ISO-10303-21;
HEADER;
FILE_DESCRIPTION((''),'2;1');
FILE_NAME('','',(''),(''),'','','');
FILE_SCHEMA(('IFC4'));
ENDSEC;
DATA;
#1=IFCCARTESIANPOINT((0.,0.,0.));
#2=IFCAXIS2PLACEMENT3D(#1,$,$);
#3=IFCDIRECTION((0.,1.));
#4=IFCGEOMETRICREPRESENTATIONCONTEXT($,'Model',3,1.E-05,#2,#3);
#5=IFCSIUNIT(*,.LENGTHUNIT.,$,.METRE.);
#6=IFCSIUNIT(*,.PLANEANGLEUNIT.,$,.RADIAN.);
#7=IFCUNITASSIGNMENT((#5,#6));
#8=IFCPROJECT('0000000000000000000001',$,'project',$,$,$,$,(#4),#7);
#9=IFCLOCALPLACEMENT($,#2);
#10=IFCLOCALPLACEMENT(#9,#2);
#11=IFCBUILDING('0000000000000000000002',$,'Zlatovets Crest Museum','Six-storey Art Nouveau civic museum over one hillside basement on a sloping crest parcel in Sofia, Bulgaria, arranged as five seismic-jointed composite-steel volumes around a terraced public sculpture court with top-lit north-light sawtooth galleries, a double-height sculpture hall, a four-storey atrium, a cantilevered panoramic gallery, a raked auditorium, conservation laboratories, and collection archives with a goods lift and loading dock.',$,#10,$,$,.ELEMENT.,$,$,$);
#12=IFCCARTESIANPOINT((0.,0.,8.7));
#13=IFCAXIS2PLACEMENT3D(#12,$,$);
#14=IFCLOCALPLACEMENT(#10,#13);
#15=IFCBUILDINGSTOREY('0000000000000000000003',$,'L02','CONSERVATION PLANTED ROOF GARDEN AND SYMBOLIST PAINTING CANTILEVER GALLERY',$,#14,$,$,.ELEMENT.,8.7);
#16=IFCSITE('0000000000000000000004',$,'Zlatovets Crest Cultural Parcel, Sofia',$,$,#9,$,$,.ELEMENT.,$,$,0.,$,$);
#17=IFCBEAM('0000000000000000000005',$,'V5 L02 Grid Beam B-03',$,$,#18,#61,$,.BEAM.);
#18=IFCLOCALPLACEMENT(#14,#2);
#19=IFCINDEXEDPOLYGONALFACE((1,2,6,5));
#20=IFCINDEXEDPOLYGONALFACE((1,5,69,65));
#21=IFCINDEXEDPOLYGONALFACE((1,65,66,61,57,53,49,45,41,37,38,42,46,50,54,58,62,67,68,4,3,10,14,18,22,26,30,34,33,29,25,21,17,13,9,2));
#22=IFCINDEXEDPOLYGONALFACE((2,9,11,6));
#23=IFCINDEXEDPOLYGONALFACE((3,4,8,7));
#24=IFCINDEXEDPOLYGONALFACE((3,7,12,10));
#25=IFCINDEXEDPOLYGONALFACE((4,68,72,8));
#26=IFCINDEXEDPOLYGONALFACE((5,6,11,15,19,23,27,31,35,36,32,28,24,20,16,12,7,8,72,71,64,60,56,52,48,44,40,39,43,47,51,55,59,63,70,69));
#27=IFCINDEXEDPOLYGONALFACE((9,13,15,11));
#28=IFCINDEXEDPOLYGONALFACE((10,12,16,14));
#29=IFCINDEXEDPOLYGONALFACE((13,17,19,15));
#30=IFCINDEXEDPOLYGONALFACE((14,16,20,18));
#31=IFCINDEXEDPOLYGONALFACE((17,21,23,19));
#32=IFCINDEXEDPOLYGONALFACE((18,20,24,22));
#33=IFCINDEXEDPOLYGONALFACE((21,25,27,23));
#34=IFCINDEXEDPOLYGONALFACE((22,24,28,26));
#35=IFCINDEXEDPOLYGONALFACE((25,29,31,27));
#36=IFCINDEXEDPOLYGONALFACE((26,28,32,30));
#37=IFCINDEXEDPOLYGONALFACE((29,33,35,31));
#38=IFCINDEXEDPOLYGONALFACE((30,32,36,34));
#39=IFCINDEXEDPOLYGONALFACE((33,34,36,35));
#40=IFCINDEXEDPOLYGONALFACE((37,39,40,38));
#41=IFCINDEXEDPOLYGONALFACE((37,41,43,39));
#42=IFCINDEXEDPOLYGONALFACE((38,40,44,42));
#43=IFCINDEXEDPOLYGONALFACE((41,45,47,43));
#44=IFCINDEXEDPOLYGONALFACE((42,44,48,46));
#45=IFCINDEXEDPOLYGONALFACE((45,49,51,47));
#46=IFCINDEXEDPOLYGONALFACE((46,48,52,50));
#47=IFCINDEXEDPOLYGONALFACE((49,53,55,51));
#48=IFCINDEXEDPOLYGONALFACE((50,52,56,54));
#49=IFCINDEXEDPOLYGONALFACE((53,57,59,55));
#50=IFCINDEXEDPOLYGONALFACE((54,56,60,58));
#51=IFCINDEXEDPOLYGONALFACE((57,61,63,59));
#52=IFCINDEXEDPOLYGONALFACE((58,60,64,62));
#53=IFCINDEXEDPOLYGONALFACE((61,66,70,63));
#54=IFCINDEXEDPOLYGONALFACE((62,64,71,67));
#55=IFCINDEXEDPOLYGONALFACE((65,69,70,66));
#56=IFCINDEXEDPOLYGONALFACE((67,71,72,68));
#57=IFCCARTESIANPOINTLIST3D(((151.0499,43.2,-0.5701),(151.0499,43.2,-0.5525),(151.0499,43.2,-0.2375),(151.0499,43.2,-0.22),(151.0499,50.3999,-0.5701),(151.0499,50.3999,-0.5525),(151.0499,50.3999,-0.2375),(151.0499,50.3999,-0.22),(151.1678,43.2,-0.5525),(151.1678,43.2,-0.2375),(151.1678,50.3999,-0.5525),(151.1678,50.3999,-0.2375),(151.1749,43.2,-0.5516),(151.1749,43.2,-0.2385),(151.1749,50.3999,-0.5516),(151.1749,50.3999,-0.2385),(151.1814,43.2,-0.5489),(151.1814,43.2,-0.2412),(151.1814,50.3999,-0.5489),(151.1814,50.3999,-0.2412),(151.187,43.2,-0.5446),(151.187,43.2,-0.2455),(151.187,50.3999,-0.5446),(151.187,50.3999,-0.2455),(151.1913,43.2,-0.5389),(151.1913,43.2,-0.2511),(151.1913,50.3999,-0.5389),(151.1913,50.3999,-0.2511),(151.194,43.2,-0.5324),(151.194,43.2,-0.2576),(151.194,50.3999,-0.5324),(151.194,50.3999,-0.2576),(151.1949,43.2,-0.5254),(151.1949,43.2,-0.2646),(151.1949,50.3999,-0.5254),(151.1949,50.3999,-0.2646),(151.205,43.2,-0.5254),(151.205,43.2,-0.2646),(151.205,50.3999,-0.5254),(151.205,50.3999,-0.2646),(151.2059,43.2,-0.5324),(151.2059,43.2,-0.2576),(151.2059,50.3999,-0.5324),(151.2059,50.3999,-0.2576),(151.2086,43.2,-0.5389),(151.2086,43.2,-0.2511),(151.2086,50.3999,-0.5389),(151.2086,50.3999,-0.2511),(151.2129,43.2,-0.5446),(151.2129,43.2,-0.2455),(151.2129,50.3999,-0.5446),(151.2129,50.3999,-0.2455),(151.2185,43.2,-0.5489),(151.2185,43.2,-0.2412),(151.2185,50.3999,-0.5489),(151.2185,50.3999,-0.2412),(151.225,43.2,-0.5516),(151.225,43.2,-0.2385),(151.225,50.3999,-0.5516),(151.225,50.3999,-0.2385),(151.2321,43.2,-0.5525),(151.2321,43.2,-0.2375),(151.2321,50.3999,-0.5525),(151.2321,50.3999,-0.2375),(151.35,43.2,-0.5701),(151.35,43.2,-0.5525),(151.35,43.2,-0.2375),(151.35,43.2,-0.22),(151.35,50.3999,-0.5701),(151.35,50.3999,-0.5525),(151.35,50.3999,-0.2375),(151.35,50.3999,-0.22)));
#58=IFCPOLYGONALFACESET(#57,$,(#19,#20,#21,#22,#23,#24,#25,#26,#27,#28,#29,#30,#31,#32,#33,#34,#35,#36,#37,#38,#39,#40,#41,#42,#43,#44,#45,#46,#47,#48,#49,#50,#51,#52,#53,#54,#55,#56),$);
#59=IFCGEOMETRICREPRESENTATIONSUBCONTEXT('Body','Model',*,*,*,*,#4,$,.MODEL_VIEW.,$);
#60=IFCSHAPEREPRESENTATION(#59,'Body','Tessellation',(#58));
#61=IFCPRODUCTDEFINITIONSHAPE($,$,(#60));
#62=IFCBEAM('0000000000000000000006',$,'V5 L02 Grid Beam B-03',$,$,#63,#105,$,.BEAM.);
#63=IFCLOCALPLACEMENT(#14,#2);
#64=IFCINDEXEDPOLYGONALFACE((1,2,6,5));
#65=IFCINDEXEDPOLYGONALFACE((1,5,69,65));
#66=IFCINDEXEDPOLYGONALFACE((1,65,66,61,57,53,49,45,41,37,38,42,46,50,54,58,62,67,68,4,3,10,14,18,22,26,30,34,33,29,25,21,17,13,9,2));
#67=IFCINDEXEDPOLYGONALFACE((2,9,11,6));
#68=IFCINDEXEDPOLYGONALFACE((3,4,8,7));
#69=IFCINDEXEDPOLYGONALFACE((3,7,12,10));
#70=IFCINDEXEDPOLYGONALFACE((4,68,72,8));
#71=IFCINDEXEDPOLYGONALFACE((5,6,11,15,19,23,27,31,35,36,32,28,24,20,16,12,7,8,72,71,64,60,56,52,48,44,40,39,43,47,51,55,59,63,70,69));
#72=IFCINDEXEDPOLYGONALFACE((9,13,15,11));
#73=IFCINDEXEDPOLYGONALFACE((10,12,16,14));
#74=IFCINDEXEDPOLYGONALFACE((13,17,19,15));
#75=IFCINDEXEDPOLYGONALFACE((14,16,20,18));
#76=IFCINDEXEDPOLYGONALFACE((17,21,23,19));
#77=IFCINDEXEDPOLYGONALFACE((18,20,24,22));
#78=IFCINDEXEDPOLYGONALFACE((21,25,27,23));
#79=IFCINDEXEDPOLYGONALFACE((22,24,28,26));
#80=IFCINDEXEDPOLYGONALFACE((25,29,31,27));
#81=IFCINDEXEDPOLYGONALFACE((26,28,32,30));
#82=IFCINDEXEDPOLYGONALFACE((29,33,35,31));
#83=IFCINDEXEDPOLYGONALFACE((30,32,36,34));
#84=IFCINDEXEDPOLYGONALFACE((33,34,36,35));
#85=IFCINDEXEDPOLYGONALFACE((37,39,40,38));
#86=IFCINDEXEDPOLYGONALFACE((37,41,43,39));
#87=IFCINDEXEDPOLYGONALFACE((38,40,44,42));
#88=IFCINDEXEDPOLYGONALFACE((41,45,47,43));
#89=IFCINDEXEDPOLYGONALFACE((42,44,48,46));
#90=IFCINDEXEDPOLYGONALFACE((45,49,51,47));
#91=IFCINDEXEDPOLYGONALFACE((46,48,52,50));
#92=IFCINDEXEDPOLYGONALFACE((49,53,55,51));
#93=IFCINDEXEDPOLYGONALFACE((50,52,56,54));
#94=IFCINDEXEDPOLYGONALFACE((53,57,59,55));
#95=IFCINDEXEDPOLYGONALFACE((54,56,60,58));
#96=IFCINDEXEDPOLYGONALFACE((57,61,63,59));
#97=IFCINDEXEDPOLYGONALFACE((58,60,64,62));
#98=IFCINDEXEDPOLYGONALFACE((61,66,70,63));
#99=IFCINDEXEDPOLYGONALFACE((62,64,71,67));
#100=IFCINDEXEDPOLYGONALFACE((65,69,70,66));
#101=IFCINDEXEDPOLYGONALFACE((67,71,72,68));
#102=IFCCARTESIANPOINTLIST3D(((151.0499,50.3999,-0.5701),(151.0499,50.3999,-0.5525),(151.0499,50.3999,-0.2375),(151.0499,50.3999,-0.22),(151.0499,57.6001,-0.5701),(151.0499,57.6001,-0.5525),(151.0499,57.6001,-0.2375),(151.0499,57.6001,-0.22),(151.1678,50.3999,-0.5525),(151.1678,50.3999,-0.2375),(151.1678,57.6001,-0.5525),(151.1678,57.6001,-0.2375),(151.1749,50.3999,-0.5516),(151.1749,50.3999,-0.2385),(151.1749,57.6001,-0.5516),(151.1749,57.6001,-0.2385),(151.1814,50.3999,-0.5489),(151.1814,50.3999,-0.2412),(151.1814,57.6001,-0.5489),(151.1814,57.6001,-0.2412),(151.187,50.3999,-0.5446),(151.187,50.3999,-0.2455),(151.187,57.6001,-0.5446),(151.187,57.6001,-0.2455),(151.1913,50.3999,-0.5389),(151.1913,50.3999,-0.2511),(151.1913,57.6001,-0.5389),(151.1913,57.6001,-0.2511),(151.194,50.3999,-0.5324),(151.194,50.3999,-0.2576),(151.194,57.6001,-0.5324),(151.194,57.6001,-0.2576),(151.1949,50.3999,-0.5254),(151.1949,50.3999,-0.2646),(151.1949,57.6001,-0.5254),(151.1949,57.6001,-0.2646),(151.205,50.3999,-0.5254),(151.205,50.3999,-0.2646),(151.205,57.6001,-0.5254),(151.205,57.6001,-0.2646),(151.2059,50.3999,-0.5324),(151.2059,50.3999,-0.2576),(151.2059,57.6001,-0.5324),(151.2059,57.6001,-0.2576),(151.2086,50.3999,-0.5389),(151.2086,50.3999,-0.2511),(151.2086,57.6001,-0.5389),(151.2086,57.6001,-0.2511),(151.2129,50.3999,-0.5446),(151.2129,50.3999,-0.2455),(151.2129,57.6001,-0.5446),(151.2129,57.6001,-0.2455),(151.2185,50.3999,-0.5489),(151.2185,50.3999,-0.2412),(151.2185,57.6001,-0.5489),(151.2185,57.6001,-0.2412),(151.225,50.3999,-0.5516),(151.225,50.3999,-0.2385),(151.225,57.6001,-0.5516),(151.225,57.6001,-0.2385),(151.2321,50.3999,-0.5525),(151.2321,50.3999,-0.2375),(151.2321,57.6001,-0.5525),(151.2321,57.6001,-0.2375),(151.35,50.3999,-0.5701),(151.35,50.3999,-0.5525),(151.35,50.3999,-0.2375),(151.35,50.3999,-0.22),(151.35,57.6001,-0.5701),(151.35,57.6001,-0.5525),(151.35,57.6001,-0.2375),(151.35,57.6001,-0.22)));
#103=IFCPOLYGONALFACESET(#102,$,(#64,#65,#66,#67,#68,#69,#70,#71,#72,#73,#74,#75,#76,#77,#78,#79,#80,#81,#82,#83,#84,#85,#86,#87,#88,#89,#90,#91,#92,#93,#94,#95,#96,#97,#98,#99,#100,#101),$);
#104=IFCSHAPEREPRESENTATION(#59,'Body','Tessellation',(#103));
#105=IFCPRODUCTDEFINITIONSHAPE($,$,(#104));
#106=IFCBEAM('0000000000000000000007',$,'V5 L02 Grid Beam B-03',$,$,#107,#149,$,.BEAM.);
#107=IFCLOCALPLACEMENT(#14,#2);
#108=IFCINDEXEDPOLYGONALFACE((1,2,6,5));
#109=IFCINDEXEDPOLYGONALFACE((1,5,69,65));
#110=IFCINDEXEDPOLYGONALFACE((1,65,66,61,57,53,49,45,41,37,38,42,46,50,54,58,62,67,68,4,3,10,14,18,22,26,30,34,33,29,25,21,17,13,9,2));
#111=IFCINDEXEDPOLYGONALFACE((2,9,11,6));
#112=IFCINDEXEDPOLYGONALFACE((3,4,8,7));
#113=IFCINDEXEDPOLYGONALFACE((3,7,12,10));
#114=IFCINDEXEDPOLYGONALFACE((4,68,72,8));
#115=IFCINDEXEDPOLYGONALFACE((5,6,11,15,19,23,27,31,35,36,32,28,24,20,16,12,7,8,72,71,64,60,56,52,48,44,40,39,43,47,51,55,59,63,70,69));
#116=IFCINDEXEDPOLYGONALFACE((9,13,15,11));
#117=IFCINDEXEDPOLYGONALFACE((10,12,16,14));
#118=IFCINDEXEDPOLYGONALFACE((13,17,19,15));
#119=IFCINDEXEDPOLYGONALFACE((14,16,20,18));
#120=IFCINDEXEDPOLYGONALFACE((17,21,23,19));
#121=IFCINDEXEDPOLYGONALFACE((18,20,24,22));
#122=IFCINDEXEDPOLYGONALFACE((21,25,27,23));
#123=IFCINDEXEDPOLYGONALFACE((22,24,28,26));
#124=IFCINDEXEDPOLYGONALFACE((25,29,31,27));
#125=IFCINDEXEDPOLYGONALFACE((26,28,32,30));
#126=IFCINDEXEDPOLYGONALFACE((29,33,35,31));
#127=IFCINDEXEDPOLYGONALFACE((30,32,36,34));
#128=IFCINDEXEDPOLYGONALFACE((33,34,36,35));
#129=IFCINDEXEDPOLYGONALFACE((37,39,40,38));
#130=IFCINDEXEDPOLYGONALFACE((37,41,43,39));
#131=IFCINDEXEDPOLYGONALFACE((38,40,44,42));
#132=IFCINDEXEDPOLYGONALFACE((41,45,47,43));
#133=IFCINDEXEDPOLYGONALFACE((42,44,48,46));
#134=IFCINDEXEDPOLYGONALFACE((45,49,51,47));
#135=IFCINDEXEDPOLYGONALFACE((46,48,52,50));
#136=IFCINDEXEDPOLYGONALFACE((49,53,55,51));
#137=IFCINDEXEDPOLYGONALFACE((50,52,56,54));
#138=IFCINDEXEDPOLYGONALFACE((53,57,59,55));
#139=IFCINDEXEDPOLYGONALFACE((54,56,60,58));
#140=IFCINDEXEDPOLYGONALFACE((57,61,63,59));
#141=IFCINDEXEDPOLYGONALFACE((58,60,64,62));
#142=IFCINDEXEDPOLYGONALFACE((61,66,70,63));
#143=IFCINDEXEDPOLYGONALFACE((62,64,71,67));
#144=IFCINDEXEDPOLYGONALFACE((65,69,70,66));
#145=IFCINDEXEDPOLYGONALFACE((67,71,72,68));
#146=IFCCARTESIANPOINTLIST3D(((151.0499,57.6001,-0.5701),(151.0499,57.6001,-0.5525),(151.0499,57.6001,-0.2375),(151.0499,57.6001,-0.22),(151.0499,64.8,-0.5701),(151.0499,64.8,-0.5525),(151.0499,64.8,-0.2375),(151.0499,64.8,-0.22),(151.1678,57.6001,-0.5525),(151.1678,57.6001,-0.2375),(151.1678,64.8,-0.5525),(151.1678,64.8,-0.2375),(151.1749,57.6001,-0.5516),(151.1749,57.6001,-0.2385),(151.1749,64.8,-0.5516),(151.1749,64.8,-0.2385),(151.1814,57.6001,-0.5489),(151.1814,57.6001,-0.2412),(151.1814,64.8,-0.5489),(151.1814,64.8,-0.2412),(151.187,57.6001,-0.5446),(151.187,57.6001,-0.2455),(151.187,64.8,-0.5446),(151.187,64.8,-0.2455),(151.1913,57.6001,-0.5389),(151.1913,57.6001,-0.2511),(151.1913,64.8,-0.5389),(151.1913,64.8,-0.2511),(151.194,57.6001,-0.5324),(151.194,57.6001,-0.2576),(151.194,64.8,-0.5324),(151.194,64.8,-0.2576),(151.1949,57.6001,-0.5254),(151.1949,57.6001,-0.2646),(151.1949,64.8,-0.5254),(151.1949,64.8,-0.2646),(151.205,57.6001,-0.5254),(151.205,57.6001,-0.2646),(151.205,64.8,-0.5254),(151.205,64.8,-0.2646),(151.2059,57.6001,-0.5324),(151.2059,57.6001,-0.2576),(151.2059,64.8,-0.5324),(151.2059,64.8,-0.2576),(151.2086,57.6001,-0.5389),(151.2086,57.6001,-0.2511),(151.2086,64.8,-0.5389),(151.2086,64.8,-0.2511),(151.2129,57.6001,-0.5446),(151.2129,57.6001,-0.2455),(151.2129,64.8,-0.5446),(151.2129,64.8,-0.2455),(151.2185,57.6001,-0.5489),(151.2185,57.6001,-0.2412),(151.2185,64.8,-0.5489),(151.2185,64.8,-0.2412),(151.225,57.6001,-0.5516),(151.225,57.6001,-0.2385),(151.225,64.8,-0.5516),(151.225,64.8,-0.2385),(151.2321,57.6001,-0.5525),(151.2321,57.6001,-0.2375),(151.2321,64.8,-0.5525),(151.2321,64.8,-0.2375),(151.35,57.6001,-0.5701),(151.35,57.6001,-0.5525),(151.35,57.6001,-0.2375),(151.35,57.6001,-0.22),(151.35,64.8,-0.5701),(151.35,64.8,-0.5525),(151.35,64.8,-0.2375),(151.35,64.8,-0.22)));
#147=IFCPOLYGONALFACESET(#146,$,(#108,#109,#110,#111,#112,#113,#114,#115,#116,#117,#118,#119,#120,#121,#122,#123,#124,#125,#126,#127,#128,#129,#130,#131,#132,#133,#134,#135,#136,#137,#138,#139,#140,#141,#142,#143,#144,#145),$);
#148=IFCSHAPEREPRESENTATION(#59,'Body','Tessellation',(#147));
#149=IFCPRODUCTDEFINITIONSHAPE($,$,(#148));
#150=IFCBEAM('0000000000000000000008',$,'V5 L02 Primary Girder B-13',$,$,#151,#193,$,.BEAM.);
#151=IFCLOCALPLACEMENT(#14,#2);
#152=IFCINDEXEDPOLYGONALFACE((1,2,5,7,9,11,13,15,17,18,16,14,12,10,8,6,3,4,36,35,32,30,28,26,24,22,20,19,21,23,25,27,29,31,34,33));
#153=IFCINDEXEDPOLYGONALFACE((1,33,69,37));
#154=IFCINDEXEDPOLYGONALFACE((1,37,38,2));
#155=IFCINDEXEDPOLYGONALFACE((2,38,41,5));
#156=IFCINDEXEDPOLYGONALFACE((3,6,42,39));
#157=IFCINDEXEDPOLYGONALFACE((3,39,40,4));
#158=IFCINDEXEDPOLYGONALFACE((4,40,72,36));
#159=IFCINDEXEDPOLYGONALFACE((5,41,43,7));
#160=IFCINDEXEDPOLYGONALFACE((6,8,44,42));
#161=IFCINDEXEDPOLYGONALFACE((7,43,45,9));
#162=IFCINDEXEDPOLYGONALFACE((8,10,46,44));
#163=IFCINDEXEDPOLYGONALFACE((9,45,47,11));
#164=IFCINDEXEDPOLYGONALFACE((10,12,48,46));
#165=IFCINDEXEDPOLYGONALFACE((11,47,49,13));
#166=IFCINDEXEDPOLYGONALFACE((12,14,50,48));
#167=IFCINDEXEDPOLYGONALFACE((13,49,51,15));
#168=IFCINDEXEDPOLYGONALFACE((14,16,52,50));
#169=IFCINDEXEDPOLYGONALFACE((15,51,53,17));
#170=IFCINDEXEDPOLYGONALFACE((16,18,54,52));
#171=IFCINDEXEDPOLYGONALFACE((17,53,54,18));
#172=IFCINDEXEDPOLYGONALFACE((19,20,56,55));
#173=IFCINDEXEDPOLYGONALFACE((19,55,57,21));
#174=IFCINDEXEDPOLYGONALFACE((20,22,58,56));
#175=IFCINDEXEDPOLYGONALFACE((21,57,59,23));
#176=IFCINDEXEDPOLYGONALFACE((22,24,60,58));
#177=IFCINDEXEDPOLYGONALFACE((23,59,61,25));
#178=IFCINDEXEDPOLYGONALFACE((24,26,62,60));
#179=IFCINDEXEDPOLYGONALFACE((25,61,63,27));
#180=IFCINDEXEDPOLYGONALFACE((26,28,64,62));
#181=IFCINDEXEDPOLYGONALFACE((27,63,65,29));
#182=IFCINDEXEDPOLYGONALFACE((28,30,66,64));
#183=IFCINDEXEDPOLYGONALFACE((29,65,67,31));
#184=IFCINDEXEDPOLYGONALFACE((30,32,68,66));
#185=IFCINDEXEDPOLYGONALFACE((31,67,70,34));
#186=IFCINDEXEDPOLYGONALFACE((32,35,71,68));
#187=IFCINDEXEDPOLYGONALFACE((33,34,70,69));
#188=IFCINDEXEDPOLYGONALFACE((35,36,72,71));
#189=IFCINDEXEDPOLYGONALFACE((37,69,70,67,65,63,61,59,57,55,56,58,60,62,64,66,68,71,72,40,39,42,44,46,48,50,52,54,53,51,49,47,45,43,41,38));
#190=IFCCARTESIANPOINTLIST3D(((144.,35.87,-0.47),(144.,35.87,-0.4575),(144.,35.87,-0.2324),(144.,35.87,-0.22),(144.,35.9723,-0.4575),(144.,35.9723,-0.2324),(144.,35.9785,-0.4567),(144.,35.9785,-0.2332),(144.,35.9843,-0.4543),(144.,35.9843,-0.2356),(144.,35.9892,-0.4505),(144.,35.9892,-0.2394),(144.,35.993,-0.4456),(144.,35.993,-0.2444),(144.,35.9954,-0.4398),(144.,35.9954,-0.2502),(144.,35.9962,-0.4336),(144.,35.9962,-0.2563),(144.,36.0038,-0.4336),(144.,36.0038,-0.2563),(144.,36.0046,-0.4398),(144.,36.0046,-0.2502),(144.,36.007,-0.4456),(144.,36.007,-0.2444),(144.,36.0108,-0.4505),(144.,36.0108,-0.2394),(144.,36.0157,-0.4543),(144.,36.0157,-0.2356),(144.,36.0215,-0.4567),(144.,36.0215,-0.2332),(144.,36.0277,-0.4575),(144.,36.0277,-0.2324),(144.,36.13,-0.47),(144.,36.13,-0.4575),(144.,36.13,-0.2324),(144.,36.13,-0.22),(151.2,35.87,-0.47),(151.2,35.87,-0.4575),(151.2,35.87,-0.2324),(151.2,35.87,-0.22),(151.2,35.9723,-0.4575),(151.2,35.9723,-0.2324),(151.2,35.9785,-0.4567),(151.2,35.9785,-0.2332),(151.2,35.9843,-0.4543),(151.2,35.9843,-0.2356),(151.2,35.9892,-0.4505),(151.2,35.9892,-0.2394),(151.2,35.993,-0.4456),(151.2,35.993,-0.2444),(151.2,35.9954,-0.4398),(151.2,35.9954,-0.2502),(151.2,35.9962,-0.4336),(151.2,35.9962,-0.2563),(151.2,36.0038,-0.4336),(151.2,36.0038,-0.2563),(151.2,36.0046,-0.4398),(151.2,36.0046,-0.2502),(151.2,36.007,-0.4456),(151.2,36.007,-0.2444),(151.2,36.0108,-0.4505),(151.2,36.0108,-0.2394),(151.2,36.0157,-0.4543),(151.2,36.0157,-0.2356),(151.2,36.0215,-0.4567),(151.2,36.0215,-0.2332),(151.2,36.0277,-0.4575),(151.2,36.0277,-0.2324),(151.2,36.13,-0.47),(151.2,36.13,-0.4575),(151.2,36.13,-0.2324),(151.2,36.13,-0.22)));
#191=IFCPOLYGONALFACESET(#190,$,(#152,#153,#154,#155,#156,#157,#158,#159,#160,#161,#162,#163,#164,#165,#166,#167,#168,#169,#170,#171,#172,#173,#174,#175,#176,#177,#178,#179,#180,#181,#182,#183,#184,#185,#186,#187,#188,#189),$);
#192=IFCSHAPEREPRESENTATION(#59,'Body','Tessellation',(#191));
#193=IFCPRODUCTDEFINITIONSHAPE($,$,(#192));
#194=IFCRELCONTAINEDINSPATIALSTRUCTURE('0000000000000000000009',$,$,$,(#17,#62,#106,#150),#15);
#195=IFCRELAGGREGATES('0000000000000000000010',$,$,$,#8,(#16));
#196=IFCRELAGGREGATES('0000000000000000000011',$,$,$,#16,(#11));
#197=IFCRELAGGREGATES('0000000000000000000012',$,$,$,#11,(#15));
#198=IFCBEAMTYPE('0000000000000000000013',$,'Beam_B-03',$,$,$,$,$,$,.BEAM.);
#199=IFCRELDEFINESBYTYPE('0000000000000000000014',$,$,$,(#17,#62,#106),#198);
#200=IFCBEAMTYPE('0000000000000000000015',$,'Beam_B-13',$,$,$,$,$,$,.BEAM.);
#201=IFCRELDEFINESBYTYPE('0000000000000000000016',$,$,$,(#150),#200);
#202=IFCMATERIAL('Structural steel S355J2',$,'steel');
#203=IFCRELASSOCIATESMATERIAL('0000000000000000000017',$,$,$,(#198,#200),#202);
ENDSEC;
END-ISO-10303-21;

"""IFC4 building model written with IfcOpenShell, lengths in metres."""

from ifc_helpers import new_model, si_unit, direction, frame, origin, origin_2d, place, context, subcontext, project, spatial, i_section, extrude, material, material_profile, profile_set, type_object, element, save


model = new_model("IFC4")

# Units and contexts
model_context = context("Model", 3, precision=1e-05, world=origin(), true_north=direction((0.0, 1.0)))
body_context = subcontext(model_context, "Body", "Model", "MODEL_VIEW")
ifc_project = project(units=[si_unit("LENGTHUNIT", "METRE"), si_unit("PLANEANGLEUNIT", "RADIAN")], contexts=[model_context])

# Site, building, storey
site_placement = place(None, origin())
site = spatial("IfcSite", under=ifc_project, at=site_placement, Name="Zlatovets Crest Cultural Parcel, Sofia", CompositionType="ELEMENT", RefElevation=0.0)
building_placement = place(site_placement, origin())
building = spatial("IfcBuilding", under=site, at=building_placement, Name="Zlatovets Crest Museum", Description="Six-storey Art Nouveau civic museum over one hillside basement on a sloping crest parcel in Sofia, Bulgaria, arranged as five seismic-jointed composite-steel volumes around a terraced public sculpture court with top-lit north-light sawtooth galleries, a double-height sculpture hall, a four-storey atrium, a cantilevered panoramic gallery, a raked auditorium, conservation laboratories, and collection archives with a goods lift and loading dock.", CompositionType="ELEMENT")
storey_placement = place(building_placement, frame((0.0, 0.0, 8.7)))
storey = spatial("IfcBuildingStorey", under=building, at=storey_placement, Name="L02", Description="CONSERVATION PLANTED ROOF GARDEN AND SYMBOLIST PAINTING CANTILEVER GALLERY", CompositionType="ELEMENT", Elevation=8.7)

# Shared definitions
ifc_material_1 = material(Name="Structural steel S355J2", Category="steel")

# Beams
ifc_material_profile_1 = material_profile(ifc_material_1, i_section(OverallWidth=0.3, OverallDepth=0.3501, WebThickness=0.01, FlangeThickness=0.0176, FilletRadius=0.0271, at=origin_2d()), Name="HEA 360")
ifc_profile_set_1 = profile_set([ifc_material_profile_1], Name="Structural steel S355J2")
beam_type_1 = type_object("IfcBeamType", Name="Beam_B-03", PredefinedType="BEAM", material=ifc_profile_set_1)
for number, where, z_axis, x_axis, name in (
    (1, (151.2, 43.2, -0.395), (0.0, 1.0, 0.0), (-1.0, 0.0, 0.0), "V5 L02 Grid Beam B-03"),
):
    element("IfcBeam", number, at=place(storey_placement, frame(where, z_axis=z_axis, x_axis=x_axis)), inside=storey, type_object=beam_type_1, Name=name, PredefinedType="BEAM", context=body_context, shape_type="SweptSolid", body=[
        extrude(i_section(OverallWidth=0.3, OverallDepth=0.3501, WebThickness=0.01, FlangeThickness=0.0176, FilletRadius=0.0271, at=origin_2d()), origin(), (0.0, 0.0, 1.0), 7.2),
    ])
beam_1_placement = place(storey_placement, frame((151.2, 50.3999, -0.395), z_axis=(0.0, 1.0, 0.0), x_axis=(-1.0, 0.0, 0.0)))
element("IfcBeam", 2, at=beam_1_placement, inside=storey, type_object=beam_type_1, Name="V5 L02 Grid Beam B-03", PredefinedType="BEAM", context=body_context, shape_type="SweptSolid", body=[
    extrude(i_section(OverallWidth=0.3, OverallDepth=0.3501, WebThickness=0.01, FlangeThickness=0.0176, FilletRadius=0.0271, at=origin_2d()), origin(), (0.0, 0.0, 1.0), 7.2002),
])
beam_2_placement = place(storey_placement, frame((151.2, 57.6001, -0.395), z_axis=(0.0, 1.0, 0.0), x_axis=(-1.0, 0.0, 0.0)))
element("IfcBeam", 3, at=beam_2_placement, inside=storey, type_object=beam_type_1, Name="V5 L02 Grid Beam B-03", PredefinedType="BEAM", context=body_context, shape_type="SweptSolid", body=[
    extrude(i_section(OverallWidth=0.3, OverallDepth=0.3501, WebThickness=0.01, FlangeThickness=0.0176, FilletRadius=0.0271, at=origin_2d()), origin(), (0.0, 0.0, 1.0), 7.2),
])
ifc_material_profile_2 = material_profile(ifc_material_1, i_section(OverallWidth=0.26, OverallDepth=0.25, WebThickness=0.0076, FlangeThickness=0.0125, FilletRadius=0.0239, at=origin_2d()), Name="HEA 260")
ifc_profile_set_2 = profile_set([ifc_material_profile_2], Name="Structural steel S355J2")
beam_type_2 = type_object("IfcBeamType", Name="Beam_B-13", PredefinedType="BEAM", material=ifc_profile_set_2)
for number, where, z_axis, x_axis, name in (
    (4, (144.0, 36.0, -0.345), (1.0, 0.0, 0.0), (0.0, 1.0, 0.0), "V5 L02 Primary Girder B-13"),
):
    element("IfcBeam", number, at=place(storey_placement, frame(where, z_axis=z_axis, x_axis=x_axis)), inside=storey, type_object=beam_type_2, Name=name, PredefinedType="BEAM", context=body_context, shape_type="SweptSolid", body=[
        extrude(i_section(OverallWidth=0.26, OverallDepth=0.25, WebThickness=0.0076, FlangeThickness=0.0125, FilletRadius=0.0239, at=origin_2d()), origin(), (0.0, 0.0, 1.0), 7.2),
    ])

save(model, "model.ifc")
